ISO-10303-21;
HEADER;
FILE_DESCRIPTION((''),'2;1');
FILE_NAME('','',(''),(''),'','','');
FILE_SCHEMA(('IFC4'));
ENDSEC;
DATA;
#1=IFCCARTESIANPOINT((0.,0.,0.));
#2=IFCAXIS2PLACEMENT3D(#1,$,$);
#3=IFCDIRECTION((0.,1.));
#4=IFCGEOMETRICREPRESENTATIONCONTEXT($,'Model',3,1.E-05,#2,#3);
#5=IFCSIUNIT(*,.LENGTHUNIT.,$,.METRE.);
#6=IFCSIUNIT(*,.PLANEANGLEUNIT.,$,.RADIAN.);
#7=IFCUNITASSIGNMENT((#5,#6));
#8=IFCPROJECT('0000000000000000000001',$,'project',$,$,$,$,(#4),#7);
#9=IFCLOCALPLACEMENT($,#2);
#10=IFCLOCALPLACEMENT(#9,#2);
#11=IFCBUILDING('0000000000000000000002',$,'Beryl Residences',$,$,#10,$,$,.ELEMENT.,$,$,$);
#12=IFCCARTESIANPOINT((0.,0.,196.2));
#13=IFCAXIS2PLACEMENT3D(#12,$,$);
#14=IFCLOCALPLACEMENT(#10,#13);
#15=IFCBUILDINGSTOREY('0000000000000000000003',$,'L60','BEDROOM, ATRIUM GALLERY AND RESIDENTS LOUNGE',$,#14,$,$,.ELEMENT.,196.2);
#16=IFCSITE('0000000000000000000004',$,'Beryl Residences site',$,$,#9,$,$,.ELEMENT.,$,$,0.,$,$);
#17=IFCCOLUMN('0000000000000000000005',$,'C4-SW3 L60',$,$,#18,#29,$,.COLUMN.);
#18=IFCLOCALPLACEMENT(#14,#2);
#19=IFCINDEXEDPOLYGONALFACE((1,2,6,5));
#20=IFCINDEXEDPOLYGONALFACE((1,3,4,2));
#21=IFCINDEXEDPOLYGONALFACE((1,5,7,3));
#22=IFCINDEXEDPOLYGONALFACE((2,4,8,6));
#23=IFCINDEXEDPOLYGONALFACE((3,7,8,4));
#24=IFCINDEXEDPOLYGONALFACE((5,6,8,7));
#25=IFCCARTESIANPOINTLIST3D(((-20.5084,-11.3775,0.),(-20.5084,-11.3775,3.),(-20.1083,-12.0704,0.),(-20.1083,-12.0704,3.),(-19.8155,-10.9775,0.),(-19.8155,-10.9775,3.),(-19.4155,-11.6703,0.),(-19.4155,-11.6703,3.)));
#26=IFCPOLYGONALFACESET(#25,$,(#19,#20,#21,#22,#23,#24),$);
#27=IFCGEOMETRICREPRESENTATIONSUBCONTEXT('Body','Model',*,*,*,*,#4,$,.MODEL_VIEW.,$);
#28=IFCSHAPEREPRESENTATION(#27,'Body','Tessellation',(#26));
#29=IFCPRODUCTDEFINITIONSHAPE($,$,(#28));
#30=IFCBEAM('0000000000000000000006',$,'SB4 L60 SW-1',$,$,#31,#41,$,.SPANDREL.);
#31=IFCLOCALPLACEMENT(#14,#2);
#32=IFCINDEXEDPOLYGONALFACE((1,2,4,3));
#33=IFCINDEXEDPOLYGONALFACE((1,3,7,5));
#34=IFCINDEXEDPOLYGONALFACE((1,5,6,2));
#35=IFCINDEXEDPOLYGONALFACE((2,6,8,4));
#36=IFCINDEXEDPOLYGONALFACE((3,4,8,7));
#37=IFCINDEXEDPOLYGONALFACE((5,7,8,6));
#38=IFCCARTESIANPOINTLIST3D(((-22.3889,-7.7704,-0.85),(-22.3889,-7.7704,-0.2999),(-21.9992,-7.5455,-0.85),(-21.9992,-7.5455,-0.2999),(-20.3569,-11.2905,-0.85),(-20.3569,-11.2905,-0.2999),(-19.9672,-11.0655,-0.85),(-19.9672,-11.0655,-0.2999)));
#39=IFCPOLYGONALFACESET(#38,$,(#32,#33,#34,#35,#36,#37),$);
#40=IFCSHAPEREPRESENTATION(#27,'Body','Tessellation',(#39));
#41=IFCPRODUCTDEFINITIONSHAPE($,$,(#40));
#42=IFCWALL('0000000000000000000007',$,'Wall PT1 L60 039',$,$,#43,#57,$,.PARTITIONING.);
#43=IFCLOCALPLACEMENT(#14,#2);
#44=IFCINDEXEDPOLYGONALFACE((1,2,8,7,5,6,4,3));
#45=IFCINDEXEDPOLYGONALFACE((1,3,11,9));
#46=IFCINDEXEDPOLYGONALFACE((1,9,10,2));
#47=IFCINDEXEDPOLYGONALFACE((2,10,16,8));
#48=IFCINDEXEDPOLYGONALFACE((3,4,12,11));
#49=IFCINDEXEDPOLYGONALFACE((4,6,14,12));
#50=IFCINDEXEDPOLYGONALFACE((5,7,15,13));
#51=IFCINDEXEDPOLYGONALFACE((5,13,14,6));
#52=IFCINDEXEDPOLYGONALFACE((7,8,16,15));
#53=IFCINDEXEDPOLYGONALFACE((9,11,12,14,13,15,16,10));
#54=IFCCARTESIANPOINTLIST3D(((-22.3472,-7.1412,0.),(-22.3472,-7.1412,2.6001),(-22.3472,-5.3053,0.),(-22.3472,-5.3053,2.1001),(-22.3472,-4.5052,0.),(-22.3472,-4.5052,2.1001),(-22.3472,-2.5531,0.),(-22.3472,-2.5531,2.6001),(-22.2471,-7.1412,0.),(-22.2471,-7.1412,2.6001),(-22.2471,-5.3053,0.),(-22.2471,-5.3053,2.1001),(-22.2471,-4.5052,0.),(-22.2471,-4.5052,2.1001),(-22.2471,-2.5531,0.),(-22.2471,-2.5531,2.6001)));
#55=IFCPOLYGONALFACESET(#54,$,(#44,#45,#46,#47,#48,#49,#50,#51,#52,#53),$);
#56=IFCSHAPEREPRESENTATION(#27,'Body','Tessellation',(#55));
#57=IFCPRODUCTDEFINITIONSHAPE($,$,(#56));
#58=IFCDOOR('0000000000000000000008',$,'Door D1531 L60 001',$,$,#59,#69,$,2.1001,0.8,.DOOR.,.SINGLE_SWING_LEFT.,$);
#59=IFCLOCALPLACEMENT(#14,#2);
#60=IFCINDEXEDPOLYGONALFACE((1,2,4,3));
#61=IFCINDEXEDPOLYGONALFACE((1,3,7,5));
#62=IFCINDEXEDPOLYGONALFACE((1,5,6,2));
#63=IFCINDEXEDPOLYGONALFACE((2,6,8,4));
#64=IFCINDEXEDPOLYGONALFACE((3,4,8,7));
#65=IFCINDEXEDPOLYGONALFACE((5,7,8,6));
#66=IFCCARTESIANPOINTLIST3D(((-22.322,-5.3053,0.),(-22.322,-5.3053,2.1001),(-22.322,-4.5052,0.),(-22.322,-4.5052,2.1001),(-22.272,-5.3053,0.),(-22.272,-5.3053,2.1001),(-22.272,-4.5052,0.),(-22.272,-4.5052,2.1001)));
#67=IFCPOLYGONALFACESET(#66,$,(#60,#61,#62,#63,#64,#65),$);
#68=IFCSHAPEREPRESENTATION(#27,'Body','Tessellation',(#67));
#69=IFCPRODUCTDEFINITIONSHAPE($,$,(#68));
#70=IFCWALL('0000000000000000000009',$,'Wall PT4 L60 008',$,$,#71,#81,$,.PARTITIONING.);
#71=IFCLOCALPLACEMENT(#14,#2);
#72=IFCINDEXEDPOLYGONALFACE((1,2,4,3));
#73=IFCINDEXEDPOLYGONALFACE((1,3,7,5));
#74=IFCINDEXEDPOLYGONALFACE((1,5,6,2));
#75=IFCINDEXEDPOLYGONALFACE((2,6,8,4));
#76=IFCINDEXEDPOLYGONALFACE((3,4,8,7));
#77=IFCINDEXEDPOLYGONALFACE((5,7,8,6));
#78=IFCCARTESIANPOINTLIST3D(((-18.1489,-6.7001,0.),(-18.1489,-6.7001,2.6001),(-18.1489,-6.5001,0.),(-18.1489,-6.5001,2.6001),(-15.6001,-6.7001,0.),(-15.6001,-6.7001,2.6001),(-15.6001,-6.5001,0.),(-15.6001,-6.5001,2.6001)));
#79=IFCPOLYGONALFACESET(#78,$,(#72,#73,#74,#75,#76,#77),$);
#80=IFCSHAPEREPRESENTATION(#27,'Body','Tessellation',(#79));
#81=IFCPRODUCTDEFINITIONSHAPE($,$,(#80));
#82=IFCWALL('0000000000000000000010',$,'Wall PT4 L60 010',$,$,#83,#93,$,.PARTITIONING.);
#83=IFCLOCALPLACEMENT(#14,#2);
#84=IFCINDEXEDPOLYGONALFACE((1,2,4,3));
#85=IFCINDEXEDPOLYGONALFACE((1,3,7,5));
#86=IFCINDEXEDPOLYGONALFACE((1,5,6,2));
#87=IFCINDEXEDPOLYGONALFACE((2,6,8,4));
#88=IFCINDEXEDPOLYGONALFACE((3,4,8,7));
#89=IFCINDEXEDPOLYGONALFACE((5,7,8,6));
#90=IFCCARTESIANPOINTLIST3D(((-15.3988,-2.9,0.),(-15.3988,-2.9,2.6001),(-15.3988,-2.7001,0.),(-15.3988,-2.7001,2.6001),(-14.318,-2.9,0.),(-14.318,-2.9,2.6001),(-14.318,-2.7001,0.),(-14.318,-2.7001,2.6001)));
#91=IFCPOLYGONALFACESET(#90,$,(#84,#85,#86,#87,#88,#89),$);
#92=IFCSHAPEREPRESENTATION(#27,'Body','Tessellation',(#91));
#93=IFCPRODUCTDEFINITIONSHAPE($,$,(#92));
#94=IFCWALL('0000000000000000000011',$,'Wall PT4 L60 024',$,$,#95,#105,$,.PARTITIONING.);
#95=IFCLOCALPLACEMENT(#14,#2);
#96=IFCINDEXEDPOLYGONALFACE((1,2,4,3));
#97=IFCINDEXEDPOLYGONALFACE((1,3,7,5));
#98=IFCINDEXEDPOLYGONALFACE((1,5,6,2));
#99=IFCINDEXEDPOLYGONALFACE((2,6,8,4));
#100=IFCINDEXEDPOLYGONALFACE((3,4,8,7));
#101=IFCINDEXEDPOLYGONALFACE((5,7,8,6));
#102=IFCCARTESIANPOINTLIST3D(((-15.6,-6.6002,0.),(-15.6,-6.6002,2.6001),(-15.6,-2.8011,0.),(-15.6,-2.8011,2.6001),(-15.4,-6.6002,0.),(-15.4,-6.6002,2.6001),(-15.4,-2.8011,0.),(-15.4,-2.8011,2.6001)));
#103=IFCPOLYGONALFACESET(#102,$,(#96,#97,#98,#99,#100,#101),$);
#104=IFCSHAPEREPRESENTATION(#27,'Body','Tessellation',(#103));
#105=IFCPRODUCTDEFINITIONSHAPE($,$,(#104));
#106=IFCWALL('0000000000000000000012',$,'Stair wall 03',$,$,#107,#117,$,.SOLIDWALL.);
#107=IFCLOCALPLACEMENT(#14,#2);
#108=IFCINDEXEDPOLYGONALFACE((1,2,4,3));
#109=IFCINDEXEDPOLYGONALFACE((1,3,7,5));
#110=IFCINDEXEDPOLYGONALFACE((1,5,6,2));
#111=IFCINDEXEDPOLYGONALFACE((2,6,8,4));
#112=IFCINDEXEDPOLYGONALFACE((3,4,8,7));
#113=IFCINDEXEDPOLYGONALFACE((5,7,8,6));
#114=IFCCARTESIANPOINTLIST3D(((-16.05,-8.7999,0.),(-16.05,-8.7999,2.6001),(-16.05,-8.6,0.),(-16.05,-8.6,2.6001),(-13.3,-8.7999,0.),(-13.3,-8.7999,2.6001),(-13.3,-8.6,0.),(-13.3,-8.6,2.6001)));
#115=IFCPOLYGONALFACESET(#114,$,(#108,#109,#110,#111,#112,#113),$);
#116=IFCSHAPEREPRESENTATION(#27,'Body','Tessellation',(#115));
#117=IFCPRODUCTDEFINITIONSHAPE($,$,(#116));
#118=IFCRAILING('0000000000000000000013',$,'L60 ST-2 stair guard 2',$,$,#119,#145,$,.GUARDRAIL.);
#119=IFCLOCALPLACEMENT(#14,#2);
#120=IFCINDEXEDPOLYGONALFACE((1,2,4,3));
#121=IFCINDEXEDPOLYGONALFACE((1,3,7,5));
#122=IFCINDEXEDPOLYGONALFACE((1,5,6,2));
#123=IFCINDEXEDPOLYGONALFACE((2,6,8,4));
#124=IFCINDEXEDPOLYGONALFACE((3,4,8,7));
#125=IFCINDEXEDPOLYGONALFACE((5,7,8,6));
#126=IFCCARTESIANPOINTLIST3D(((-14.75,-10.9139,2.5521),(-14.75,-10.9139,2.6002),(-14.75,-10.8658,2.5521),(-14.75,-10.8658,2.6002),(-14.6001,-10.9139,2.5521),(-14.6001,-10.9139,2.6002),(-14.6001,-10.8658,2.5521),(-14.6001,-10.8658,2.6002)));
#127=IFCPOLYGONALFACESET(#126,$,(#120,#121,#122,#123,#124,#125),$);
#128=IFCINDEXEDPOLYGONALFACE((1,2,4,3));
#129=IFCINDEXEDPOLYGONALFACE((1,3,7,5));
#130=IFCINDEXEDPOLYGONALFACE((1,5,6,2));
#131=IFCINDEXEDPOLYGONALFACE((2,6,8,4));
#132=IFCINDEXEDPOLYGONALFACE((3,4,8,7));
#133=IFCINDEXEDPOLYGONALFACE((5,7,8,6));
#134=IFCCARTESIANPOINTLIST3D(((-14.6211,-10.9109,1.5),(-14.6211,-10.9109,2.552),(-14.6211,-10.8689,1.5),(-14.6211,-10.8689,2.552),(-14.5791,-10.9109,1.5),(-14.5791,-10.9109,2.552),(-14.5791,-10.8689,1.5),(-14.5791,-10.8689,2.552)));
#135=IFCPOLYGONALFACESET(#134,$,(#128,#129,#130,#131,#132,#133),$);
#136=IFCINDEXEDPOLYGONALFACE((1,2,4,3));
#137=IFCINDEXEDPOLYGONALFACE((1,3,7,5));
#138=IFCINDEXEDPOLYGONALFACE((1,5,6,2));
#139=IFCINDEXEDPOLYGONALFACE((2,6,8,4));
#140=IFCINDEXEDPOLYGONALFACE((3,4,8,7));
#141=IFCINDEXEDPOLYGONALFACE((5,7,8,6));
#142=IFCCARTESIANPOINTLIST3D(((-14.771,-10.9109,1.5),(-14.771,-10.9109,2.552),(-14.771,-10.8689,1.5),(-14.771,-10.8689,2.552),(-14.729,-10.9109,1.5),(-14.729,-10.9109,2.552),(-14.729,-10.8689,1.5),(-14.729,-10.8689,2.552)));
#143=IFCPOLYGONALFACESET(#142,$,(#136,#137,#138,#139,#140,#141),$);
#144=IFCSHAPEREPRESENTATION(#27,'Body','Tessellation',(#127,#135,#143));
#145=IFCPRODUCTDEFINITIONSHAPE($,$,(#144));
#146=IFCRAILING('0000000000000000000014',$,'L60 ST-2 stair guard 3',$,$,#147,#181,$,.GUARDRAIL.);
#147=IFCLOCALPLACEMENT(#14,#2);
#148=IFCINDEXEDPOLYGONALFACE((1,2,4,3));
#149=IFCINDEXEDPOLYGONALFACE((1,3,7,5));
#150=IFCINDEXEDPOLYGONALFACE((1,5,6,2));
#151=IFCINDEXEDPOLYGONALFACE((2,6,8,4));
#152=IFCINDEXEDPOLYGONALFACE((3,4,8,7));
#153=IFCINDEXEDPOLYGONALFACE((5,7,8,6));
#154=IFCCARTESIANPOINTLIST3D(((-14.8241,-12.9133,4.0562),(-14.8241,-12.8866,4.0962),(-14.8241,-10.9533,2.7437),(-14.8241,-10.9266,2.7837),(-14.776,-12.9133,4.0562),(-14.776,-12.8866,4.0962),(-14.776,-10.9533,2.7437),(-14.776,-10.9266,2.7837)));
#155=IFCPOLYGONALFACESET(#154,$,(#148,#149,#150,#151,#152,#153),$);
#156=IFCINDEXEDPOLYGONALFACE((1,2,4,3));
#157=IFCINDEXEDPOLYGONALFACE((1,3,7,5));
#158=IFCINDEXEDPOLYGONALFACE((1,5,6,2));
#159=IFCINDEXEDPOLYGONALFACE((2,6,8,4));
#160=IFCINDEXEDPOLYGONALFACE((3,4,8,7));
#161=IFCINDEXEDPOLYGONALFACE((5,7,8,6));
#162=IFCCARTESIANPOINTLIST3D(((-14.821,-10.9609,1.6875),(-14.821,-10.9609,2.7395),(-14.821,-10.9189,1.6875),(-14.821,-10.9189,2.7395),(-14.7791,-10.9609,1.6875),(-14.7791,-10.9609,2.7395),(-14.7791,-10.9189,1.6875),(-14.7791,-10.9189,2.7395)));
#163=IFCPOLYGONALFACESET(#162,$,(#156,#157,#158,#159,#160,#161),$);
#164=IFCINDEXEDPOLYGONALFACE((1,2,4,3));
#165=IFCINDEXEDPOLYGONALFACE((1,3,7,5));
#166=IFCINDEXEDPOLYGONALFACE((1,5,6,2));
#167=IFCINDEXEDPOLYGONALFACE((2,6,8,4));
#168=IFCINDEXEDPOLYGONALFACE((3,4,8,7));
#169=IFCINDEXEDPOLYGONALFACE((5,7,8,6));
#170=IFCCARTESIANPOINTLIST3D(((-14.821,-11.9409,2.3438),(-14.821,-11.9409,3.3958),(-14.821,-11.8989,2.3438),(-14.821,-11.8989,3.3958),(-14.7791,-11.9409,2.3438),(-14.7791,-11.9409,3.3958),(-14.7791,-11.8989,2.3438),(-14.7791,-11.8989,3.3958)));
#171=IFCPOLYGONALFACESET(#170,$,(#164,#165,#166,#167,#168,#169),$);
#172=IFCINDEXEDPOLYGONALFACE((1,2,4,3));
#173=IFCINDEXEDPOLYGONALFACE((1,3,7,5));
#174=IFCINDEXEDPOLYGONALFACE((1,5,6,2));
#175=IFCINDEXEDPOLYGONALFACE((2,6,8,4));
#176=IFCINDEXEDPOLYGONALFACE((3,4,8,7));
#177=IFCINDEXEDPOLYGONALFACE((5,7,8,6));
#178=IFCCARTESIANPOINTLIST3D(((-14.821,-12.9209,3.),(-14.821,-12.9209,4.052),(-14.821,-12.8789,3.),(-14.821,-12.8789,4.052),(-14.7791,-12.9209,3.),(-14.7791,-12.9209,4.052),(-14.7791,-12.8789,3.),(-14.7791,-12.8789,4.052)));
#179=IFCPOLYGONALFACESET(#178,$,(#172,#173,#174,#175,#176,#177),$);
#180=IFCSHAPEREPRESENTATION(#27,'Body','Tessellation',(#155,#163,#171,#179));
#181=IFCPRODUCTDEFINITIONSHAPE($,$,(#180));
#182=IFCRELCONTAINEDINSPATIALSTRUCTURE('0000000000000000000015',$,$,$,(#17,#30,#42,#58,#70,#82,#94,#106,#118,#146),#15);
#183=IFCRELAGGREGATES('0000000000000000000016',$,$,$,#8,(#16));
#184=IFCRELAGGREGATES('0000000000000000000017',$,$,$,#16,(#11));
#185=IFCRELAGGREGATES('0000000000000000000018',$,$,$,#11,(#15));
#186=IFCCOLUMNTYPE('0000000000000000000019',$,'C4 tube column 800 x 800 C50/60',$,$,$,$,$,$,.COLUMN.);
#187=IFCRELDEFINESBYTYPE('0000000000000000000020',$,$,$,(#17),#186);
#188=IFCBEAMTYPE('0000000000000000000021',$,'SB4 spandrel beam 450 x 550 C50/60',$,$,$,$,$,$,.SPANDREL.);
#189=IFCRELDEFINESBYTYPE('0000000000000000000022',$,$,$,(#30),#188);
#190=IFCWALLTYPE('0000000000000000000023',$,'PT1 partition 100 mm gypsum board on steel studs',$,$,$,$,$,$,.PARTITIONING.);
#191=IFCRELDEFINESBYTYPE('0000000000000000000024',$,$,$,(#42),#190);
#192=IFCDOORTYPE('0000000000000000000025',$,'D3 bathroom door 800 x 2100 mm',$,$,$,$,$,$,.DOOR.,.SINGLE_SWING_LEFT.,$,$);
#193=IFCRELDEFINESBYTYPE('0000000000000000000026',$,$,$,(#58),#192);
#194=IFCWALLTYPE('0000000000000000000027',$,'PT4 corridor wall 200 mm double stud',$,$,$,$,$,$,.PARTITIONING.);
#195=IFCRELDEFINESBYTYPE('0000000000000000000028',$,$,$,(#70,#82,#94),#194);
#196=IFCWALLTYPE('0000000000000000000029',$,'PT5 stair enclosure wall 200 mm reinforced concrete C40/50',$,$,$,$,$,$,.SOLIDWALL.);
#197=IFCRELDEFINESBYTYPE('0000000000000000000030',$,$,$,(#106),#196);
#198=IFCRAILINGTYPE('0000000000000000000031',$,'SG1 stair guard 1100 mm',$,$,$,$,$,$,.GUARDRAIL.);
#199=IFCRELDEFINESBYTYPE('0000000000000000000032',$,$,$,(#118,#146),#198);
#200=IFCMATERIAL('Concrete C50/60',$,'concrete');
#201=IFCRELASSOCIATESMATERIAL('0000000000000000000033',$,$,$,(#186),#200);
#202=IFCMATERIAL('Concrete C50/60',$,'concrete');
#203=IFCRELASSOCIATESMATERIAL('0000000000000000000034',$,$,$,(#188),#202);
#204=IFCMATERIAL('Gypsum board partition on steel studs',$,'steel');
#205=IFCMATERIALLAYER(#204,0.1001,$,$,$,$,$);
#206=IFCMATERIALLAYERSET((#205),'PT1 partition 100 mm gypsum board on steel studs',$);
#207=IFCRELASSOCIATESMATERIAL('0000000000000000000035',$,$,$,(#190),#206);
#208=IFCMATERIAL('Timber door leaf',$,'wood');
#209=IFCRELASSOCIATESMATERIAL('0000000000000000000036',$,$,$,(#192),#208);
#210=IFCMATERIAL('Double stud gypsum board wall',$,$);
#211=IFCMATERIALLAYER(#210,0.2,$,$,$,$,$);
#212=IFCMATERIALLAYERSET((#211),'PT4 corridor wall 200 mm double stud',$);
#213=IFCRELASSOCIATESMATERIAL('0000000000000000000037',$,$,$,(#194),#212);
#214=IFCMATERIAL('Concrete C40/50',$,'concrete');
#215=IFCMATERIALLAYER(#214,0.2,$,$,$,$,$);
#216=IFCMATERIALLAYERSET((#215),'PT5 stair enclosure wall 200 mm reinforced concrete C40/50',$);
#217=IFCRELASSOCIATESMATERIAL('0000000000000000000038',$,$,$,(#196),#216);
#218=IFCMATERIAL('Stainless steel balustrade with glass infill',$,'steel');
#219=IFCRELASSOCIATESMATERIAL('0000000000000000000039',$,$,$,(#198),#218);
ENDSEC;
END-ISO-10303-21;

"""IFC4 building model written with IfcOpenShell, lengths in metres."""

from ifc_helpers import new_model, si_unit, direction, frame, frame_2d, origin, origin_2d, place, context, subcontext, project, spatial, rectangle, extrude, material, layer, layer_set, material_profile, profile_set, type_object, element, fill, save


model = new_model("IFC4")

# Units and contexts
model_context = context("Model", 3, precision=1e-05, world=origin(), true_north=direction((0.0, 1.0)))
body_context = subcontext(model_context, "Body", "Model", "MODEL_VIEW")
ifc_project = project(units=[si_unit("LENGTHUNIT", "METRE"), si_unit("PLANEANGLEUNIT", "RADIAN")], contexts=[model_context])

# Site, building, storey
site_placement = place(None, origin())
site = spatial("IfcSite", under=ifc_project, at=site_placement, Name="Beryl Residences site", CompositionType="ELEMENT", RefElevation=0.0)
building_placement = place(site_placement, origin())
building = spatial("IfcBuilding", under=site, at=building_placement, Name="Beryl Residences", CompositionType="ELEMENT")
storey_placement = place(building_placement, frame((0.0, 0.0, 196.2)))
storey = spatial("IfcBuildingStorey", under=building, at=storey_placement, Name="L60", Description="BEDROOM, ATRIUM GALLERY AND RESIDENTS LOUNGE", CompositionType="ELEMENT", Elevation=196.2)

# Column
ifc_material_1 = material(Name="Concrete C50/60", Category="concrete")
ifc_material_profile_1 = material_profile(ifc_material_1, rectangle(XDim=0.8, YDim=0.8, at=origin_2d()))
ifc_profile_set_1 = profile_set([ifc_material_profile_1], Name="Concrete C50/60")
column_type = type_object("IfcColumnType", Name="C4 tube column 800 x 800 C50/60", PredefinedType="COLUMN", material=ifc_profile_set_1)
column_placement = place(storey_placement, frame((-19.9619, -11.5239, 0.0), z_axis=(0.0, 0.0, 1.0), x_axis=(0.5, -0.866025, 0.0)))
element("IfcColumn", 1, at=column_placement, inside=storey, type_object=column_type, Name="C4-SW3 L60", PredefinedType="COLUMN", context=body_context, shape_type="SweptSolid", body=[
    extrude(rectangle(XDim=0.8, YDim=0.8, at=origin_2d()), origin(), (0.0, 0.0, 1.0), 3.0),
])

# Beam
ifc_material_2 = material(Name="Concrete C50/60", Category="concrete")
ifc_material_profile_2 = material_profile(ifc_material_2, rectangle(XDim=0.45, YDim=0.55, at=origin_2d()))
ifc_profile_set_2 = profile_set([ifc_material_profile_2], Name="Concrete C50/60")
beam_type = type_object("IfcBeamType", Name="SB4 spandrel beam 450 x 550 C50/60", PredefinedType="SPANDREL", material=ifc_profile_set_2)
beam_placement = place(storey_placement, frame((-22.1941, -7.658, -0.575), z_axis=(0.499944, -0.866058, 0.0), x_axis=(0.866058, 0.499944, 0.0)))
element("IfcBeam", 2, at=beam_placement, inside=storey, type_object=beam_type, Name="SB4 L60 SW-1", PredefinedType="SPANDREL", context=body_context, shape_type="SweptSolid", body=[
    extrude(rectangle(XDim=0.45, YDim=0.55, at=origin_2d()), origin(), (0.0, 0.0, 1.0), 4.0645),
])

# Wall, opening, door
ifc_material_3 = material(Name="Gypsum board partition on steel studs", Category="steel")
ifc_layer_1 = layer(ifc_material_3, 0.1001)
ifc_layer_set_1 = layer_set([ifc_layer_1], Name="PT1 partition 100 mm gypsum board on steel studs")
wall_type_1 = type_object("IfcWallType", Name="PT1 partition 100 mm gypsum board on steel studs", PredefinedType="PARTITIONING", material=ifc_layer_set_1)
wall_1_placement = place(storey_placement, frame((-22.2971, -7.1411, 0.0), z_axis=(0.0, 0.0, 1.0), x_axis=(0.0, 1.0, 0.0)))
wall_1 = element("IfcWall", 3, at=wall_1_placement, inside=storey, type_object=wall_type_1, Name="Wall PT1 L60 039", PredefinedType="PARTITIONING", context=body_context, shape_type="SweptSolid", body=[
    extrude(rectangle(XDim=4.5881, YDim=0.1001, at=frame_2d((2.2939, 0.0))), origin(), (0.0, 0.0, 1.0), 2.6001),
])
opening_placement = place(wall_1_placement, frame((1.8359, 0.0, 0.0)))
opening = element("IfcOpeningElement", 4, at=opening_placement, cuts=wall_1, PredefinedType="OPENING", context=body_context, shape_type="SweptSolid", body=[
    extrude(rectangle(XDim=0.8, YDim=2.1001, at=frame_2d((0.3999, 1.05))), frame((0.0, 0.0601, 0.0), z_axis=(0.0, -1.0, 0.0), x_axis=(1.0, 0.0, 0.0)), (0.0, 0.0, 1.0), 0.1201),
])
ifc_material_4 = material(Name="Timber door leaf", Category="wood")
door_type = type_object("IfcDoorType", Name="D3 bathroom door 800 x 2100 mm", OperationType="SINGLE_SWING_LEFT", PredefinedType="DOOR", material=ifc_material_4)
door_placement = place(opening_placement, origin())
door = element("IfcDoor", 5, at=door_placement, inside=storey, type_object=door_type, Name="Door D1531 L60 001", OperationType="SINGLE_SWING_LEFT", OverallHeight=2.1001, OverallWidth=0.8, PredefinedType="DOOR", context=body_context, shape_type="SweptSolid", body=[
    extrude(rectangle(XDim=0.8, YDim=2.1001, at=frame_2d((0.3999, 1.05))), frame((0.0, 0.0249, 0.0), z_axis=(0.0, -1.0, 0.0), x_axis=(1.0, 0.0, 0.0)), (0.0, 0.0, 1.0), 0.05),
])
fill(opening, door)

# Walls
ifc_material_5 = material(Name="Double stud gypsum board wall")
ifc_layer_2 = layer(ifc_material_5, 0.2)
ifc_layer_set_2 = layer_set([ifc_layer_2], Name="PT4 corridor wall 200 mm double stud")
wall_type_2 = type_object("IfcWallType", Name="PT4 corridor wall 200 mm double stud", PredefinedType="PARTITIONING", material=ifc_layer_set_2)
wall_2_placement = place(storey_placement, frame((-18.1489, -6.6001, 0.0), z_axis=(0.0, 0.0, 1.0), x_axis=(1.0, 0.0, 0.0)))
element("IfcWall", 6, at=wall_2_placement, inside=storey, type_object=wall_type_2, Name="Wall PT4 L60 008", PredefinedType="PARTITIONING", context=body_context, shape_type="SweptSolid", body=[
    extrude(rectangle(XDim=2.5488, YDim=0.2, at=frame_2d((1.2744, 0.0))), origin(), (0.0, 0.0, 1.0), 2.6001),
])
wall_3_placement = place(storey_placement, frame((-15.3989, -2.8, 0.0), z_axis=(0.0, 0.0, 1.0), x_axis=(1.0, 0.0, 0.0)))
element("IfcWall", 7, at=wall_3_placement, inside=storey, type_object=wall_type_2, Name="Wall PT4 L60 010", PredefinedType="PARTITIONING", context=body_context, shape_type="SweptSolid", body=[
    extrude(rectangle(XDim=1.0808, YDim=0.2, at=frame_2d((0.5405, 0.0))), origin(), (0.0, 0.0, 1.0), 2.6001),
])
wall_4_placement = place(storey_placement, frame((-15.5, -6.6001, 0.0), z_axis=(0.0, 0.0, 1.0), x_axis=(0.0, 1.0, 0.0)))
element("IfcWall", 8, at=wall_4_placement, inside=storey, type_object=wall_type_2, Name="Wall PT4 L60 024", PredefinedType="PARTITIONING", context=body_context, shape_type="SweptSolid", body=[
    extrude(rectangle(XDim=3.7991, YDim=0.2, at=frame_2d((1.8994, 0.0))), origin(), (0.0, 0.0, 1.0), 2.6001),
])
ifc_material_6 = material(Name="Concrete C40/50", Category="concrete")
ifc_layer_3 = layer(ifc_material_6, 0.2)
ifc_layer_set_3 = layer_set([ifc_layer_3], Name="PT5 stair enclosure wall 200 mm reinforced concrete C40/50")
wall_type_3 = type_object("IfcWallType", Name="PT5 stair enclosure wall 200 mm reinforced concrete C40/50", PredefinedType="SOLIDWALL", material=ifc_layer_set_3)
wall_5_placement = place(storey_placement, frame((-16.05, -8.7, 0.0), z_axis=(0.0, 0.0, 1.0), x_axis=(1.0, 0.0, 0.0)))
element("IfcWall", 9, at=wall_5_placement, inside=storey, type_object=wall_type_3, Name="Stair wall 03", PredefinedType="SOLIDWALL", context=body_context, shape_type="SweptSolid", body=[
    extrude(rectangle(XDim=2.75, YDim=0.2, at=frame_2d((1.375, 0.0))), origin(), (0.0, 0.0, 1.0), 2.6001),
])

# Railings
ifc_material_7 = material(Name="Stainless steel balustrade with glass infill", Category="steel")
railing_type_1 = type_object("IfcRailingType", Name="SG1 stair guard 1100 mm", PredefinedType="GUARDRAIL", material=ifc_material_7)
railing_1_placement = place(storey_placement, frame((-14.6001, -10.8899, 1.5)))
element("IfcRailing", 10, at=railing_1_placement, inside=storey, type_object=railing_type_1, Name="L60 ST-2 stair guard 2", PredefinedType="GUARDRAIL", context=body_context, shape_type="SweptSolid", body=[
    extrude(rectangle(XDim=0.0481, YDim=0.0481, at=origin_2d()), frame((0.0, 0.0, 1.0762), z_axis=(-1.0, 0.0, 0.0), x_axis=(0.0, -1.0, 0.0)), (0.0, 0.0, 1.0), 0.1499),
    extrude(rectangle(XDim=0.042, YDim=0.042, at=origin_2d()), origin(), (0.0, 0.0, 1.0), 1.052),
    extrude(rectangle(XDim=0.042, YDim=0.042, at=origin_2d()), frame((-0.1499, 0.0, 0.0)), (0.0, 0.0, 1.0), 1.052),
])
railing_2_placement = place(storey_placement, frame((-14.8, -10.9399, 1.6875)))
element("IfcRailing", 11, at=railing_2_placement, inside=storey, type_object=railing_type_1, Name="L60 ST-2 stair guard 3", PredefinedType="GUARDRAIL", context=body_context, shape_type="SweptSolid", body=[
    extrude(rectangle(XDim=0.0481, YDim=0.0481, at=origin_2d()), frame((0.0, 0.0, 1.0762), z_axis=(0.0, -0.830902, 0.556419), x_axis=(1.0, 0.0, 0.0)), (0.0, 0.0, 1.0), 2.3589),
    extrude(rectangle(XDim=0.042, YDim=0.042, at=origin_2d()), origin(), (0.0, 0.0, 1.0), 1.052),
    extrude(rectangle(XDim=0.042, YDim=0.042, at=origin_2d()), frame((0.0, -0.98, 0.6562)), (0.0, 0.0, 1.0), 1.052),
    extrude(rectangle(XDim=0.042, YDim=0.042, at=origin_2d()), frame((0.0, -1.96, 1.3125)), (0.0, 0.0, 1.0), 1.052),
])

save(model, "model.ifc")
